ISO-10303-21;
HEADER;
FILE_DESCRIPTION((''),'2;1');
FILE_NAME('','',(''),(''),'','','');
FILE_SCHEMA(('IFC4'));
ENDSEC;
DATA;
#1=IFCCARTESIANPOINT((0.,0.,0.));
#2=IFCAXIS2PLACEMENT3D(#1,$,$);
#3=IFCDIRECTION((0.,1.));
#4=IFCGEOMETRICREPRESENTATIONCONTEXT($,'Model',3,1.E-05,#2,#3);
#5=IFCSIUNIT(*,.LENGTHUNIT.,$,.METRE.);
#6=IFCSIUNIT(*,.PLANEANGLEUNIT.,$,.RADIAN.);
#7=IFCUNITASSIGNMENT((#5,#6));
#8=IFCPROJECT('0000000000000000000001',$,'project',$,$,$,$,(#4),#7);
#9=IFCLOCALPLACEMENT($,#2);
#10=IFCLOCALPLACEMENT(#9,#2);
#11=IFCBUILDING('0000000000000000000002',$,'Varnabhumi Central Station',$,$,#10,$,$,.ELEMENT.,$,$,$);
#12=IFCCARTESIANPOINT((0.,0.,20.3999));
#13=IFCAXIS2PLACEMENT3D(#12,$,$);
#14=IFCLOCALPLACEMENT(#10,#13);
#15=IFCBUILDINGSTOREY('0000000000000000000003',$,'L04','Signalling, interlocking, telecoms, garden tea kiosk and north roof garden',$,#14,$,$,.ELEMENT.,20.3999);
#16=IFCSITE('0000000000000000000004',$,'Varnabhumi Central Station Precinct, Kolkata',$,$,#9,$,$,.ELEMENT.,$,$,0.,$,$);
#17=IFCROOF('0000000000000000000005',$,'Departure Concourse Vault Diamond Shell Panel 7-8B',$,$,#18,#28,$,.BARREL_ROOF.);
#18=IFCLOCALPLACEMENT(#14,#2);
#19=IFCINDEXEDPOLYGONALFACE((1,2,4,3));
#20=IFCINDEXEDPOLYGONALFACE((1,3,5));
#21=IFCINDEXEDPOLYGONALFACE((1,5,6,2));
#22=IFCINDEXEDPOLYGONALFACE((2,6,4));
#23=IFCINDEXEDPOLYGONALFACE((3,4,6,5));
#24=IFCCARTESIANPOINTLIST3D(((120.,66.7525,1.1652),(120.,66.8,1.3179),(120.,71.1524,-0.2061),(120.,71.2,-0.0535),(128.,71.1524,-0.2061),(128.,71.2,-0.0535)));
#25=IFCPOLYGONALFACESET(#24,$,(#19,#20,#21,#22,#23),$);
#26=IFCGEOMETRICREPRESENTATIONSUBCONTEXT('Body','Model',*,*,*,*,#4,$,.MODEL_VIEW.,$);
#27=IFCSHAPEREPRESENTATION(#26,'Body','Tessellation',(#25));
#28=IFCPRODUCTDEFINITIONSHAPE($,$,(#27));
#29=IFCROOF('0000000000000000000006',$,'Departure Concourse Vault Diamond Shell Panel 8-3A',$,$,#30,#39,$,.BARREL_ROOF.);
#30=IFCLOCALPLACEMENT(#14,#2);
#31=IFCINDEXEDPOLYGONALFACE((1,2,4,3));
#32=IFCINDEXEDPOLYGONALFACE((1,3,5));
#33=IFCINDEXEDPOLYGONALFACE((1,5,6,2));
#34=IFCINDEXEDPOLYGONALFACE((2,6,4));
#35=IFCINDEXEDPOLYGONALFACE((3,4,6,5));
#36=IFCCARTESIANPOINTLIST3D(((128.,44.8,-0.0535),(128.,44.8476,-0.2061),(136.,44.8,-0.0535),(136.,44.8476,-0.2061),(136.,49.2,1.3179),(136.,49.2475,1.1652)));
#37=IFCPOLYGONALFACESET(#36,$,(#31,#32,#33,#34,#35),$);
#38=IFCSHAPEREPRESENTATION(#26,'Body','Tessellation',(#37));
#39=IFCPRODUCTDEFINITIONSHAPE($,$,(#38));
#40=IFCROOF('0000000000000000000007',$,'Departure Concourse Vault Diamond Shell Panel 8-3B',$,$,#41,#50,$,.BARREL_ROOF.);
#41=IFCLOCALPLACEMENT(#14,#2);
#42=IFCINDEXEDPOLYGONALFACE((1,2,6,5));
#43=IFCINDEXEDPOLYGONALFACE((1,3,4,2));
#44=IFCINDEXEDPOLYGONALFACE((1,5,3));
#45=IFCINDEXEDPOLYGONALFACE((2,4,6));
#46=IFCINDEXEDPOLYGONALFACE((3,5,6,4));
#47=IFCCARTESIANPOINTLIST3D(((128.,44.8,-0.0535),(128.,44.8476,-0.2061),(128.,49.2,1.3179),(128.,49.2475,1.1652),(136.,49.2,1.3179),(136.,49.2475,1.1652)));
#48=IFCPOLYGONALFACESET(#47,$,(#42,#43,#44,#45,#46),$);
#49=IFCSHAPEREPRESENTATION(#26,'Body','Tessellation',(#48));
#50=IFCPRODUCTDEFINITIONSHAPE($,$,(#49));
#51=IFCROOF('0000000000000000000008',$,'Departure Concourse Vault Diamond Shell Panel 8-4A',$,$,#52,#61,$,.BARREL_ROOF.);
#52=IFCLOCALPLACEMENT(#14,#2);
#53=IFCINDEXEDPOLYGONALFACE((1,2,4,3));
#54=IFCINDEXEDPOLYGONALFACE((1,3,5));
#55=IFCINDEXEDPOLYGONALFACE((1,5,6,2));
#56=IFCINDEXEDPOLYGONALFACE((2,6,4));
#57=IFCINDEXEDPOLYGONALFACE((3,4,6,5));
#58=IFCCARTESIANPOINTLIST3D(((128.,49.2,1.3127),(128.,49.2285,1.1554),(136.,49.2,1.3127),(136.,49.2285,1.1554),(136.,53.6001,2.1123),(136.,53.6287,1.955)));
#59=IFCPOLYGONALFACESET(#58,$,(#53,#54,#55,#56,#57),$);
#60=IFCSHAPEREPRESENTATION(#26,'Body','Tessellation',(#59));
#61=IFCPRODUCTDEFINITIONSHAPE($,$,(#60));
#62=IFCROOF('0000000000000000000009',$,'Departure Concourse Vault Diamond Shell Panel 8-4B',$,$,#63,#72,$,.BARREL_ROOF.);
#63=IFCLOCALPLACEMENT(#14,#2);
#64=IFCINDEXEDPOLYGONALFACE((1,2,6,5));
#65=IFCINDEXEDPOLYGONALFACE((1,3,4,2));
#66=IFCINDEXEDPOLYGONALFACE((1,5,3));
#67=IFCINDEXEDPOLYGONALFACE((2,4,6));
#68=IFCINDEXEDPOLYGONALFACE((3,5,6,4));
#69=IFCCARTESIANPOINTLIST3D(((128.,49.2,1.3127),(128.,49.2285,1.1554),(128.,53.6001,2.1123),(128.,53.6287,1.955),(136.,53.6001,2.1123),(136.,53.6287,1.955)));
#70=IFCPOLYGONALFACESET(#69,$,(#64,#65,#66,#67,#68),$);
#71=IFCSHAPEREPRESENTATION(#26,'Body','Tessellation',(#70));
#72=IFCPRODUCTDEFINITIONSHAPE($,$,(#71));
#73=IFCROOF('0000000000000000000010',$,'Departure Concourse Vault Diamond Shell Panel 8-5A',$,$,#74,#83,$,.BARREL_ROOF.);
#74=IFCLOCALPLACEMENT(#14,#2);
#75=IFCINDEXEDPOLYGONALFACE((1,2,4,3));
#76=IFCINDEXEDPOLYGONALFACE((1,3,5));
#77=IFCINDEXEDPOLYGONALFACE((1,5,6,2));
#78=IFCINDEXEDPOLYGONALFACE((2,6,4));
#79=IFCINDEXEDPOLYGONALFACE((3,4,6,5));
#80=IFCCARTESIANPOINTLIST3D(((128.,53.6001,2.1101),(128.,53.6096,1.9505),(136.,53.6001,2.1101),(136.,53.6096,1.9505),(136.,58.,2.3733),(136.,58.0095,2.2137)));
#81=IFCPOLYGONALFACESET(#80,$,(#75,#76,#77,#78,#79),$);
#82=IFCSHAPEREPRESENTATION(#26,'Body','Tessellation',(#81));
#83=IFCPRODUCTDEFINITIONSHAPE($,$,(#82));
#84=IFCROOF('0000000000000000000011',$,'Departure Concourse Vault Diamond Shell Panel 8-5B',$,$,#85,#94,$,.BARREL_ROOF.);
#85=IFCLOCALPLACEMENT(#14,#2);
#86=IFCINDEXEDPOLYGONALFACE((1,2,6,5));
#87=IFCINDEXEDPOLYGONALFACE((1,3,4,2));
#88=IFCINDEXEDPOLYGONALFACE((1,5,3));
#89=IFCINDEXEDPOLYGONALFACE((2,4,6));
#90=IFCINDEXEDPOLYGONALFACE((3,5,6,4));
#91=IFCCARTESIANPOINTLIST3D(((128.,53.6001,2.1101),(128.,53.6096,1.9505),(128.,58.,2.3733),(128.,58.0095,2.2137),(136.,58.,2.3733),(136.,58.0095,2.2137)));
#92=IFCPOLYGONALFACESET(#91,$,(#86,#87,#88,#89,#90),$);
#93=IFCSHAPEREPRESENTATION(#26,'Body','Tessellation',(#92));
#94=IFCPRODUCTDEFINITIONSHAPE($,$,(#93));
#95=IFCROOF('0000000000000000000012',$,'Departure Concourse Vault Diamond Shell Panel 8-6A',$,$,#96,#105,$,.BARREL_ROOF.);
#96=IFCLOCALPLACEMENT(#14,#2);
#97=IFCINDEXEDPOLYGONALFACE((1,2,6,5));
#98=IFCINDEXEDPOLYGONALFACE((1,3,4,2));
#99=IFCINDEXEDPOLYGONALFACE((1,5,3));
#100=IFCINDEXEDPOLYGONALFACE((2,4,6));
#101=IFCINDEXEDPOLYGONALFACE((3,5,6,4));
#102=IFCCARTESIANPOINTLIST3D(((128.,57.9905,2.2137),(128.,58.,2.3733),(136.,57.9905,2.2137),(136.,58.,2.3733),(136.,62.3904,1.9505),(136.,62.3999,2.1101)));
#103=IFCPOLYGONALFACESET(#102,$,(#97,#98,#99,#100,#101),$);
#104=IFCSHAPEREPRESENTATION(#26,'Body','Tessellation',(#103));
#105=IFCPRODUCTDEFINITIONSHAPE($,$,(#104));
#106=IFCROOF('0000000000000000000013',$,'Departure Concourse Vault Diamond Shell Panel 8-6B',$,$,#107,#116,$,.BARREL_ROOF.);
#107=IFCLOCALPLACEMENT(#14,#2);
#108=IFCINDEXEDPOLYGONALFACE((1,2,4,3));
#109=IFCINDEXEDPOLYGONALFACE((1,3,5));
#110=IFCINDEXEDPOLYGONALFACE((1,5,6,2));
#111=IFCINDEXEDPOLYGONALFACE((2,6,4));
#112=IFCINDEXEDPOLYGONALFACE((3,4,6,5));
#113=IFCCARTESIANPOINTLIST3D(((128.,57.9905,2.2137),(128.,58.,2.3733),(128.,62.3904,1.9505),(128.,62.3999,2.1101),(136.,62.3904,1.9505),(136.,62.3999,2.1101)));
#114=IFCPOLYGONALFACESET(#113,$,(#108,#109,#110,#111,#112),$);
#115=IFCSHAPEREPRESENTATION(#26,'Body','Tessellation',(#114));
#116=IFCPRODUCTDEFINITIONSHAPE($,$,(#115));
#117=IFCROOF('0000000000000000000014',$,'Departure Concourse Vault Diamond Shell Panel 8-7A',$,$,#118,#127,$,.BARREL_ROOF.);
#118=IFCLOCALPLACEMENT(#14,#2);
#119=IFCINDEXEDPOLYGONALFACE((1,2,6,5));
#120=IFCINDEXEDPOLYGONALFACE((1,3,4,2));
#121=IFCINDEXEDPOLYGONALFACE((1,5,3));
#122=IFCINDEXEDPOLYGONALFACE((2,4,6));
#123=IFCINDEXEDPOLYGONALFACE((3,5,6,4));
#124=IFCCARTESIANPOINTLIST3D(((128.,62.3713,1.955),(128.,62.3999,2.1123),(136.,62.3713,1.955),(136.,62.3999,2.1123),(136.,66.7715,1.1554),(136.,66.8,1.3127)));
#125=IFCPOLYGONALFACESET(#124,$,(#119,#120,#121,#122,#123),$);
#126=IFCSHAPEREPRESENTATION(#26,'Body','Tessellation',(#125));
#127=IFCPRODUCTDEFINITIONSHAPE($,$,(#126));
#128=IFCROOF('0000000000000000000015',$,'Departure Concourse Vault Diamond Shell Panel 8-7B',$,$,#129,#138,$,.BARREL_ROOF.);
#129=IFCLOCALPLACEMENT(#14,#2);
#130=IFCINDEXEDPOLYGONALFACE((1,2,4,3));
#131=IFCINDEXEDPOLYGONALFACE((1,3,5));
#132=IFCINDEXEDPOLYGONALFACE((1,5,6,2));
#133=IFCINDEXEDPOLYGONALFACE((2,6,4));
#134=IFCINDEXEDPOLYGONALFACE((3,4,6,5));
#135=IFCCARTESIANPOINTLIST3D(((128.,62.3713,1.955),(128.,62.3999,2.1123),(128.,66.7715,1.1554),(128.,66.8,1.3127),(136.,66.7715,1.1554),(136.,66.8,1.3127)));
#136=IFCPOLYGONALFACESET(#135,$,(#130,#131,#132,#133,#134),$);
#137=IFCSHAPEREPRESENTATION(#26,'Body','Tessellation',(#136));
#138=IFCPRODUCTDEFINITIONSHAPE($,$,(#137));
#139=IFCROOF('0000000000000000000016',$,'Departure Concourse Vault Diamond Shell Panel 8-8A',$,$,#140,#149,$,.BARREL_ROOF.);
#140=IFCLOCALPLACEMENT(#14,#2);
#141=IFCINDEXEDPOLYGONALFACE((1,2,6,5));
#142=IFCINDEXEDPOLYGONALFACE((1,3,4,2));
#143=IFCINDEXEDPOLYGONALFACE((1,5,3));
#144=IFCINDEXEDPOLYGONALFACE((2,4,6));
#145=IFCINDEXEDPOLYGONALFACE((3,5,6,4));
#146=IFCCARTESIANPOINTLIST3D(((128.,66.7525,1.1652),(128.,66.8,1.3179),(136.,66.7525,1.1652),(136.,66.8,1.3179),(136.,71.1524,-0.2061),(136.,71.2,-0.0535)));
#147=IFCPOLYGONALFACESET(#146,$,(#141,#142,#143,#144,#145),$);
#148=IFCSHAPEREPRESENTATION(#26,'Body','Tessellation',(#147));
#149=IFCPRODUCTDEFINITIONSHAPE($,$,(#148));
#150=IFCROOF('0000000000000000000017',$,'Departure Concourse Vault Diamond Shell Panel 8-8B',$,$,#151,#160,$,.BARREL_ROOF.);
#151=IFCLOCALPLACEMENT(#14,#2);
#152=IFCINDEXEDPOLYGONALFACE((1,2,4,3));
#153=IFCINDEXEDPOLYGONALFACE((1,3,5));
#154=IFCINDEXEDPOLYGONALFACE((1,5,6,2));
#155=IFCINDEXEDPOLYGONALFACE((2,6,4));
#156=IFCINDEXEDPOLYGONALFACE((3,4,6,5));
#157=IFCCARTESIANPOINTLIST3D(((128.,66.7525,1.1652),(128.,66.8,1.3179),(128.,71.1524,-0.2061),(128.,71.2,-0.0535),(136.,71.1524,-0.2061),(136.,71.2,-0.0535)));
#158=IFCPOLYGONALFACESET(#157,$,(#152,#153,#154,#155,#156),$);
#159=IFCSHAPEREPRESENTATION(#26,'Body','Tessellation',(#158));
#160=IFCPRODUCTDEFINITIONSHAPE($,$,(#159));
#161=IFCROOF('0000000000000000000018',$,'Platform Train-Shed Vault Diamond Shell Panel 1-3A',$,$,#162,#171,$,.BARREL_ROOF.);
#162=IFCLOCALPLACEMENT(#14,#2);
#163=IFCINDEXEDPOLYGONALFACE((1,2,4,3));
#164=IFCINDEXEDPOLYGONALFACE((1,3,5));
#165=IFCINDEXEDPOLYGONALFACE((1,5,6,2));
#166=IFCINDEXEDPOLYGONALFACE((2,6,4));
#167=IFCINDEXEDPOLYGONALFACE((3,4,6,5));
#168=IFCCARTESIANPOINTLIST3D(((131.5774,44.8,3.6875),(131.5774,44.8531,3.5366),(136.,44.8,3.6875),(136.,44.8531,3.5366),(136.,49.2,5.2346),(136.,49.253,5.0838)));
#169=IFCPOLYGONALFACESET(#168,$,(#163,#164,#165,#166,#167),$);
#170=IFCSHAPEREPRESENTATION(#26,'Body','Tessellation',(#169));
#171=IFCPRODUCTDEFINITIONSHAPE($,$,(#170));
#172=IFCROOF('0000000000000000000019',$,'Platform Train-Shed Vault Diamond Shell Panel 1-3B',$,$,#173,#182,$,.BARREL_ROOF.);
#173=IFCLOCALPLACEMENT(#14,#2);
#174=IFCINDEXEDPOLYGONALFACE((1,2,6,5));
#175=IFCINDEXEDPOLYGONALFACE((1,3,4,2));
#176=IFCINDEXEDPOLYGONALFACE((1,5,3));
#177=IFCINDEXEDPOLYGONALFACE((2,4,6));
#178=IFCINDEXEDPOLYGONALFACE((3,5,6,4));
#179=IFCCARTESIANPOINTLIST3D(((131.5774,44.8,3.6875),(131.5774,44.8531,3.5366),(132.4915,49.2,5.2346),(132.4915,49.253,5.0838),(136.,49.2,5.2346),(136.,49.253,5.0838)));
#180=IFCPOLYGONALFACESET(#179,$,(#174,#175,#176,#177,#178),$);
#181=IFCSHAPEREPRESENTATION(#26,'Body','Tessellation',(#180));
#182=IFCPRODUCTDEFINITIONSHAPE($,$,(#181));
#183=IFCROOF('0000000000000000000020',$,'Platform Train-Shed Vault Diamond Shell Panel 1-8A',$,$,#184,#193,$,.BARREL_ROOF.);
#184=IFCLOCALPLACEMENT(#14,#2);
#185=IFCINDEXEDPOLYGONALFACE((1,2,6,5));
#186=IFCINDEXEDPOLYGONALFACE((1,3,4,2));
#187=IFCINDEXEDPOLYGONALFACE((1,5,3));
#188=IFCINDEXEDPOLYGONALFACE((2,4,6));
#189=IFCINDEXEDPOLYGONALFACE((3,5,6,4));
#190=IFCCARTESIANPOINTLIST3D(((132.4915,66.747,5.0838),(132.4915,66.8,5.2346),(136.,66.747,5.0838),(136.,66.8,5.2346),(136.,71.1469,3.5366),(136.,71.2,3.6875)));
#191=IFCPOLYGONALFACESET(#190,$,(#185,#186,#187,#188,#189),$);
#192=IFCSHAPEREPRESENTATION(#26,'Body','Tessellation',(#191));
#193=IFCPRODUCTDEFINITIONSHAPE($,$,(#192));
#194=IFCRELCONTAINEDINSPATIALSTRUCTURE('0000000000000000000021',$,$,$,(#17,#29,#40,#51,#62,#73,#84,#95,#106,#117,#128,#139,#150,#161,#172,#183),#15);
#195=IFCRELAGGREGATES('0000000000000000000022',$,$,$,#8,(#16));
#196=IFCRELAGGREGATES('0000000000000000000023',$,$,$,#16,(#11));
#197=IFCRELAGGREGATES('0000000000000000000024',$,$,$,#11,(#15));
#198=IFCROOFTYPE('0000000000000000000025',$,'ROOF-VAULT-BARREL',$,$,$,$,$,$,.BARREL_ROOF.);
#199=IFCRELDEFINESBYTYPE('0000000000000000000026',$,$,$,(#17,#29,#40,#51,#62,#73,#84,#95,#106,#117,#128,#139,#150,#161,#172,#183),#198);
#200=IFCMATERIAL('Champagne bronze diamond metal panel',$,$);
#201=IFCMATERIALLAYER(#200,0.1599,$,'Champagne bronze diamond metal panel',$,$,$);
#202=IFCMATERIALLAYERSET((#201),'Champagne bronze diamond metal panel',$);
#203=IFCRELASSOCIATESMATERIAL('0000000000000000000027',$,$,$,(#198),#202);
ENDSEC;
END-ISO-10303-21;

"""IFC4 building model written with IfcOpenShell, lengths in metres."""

from ifc_helpers import new_model, si_unit, direction, frame, origin, place, context, subcontext, project, spatial, polyline, outline, extrude, material, layer, layer_set, type_object, element, save


model = new_model("IFC4")

# Units and contexts
model_context = context("Model", 3, precision=1e-05, world=origin(), true_north=direction((0.0, 1.0)))
body_context = subcontext(model_context, "Body", "Model", "MODEL_VIEW")
ifc_project = project(units=[si_unit("LENGTHUNIT", "METRE"), si_unit("PLANEANGLEUNIT", "RADIAN")], contexts=[model_context])

# Site, building, storey
site_placement = place(None, origin())
site = spatial("IfcSite", under=ifc_project, at=site_placement, Name="Varnabhumi Central Station Precinct, Kolkata", CompositionType="ELEMENT", RefElevation=0.0)
building_placement = place(site_placement, origin())
building = spatial("IfcBuilding", under=site, at=building_placement, Name="Varnabhumi Central Station", CompositionType="ELEMENT")
storey_placement = place(building_placement, frame((0.0, 0.0, 20.3999)))
storey = spatial("IfcBuildingStorey", under=building, at=storey_placement, Name="L04", Description="Signalling, interlocking, telecoms, garden tea kiosk and north roof garden", CompositionType="ELEMENT", Elevation=20.3999)

# Roofs
ifc_material = material(Name="Champagne bronze diamond metal panel")
ifc_layer = layer(ifc_material, 0.1599, Name="Champagne bronze diamond metal panel")
ifc_layer_set = layer_set([ifc_layer], Name="Champagne bronze diamond metal panel")
roof_type = type_object("IfcRoofType", Name="ROOF-VAULT-BARREL", PredefinedType="BARREL_ROOF", material=ifc_layer_set)
roof_1_placement = place(storey_placement, frame((120.0, 66.8, 1.3179), z_axis=(0.0, 0.297557, 0.954704), x_axis=(0.866501, 0.476565, -0.148533)))
element("IfcRoof", 1, at=roof_1_placement, inside=storey, type_object=roof_type, Name="Departure Concourse Vault Diamond Shell Panel 7-8B", PredefinedType="BARREL_ROOF", context=body_context, shape_type="SweptSolid", body=[
    extrude(outline(polyline([(0.0, 0.0), (9.2325, 0.0), (2.3005, 3.9934), (0.0, 0.0)])), origin(), (0.0, 0.0, -1.0), 0.1599),
])
roof_2_placement = place(storey_placement, frame((128.0, 44.8, -0.0535), z_axis=(0.0, -0.297557, 0.954704), x_axis=(1.0, 0.0, 0.0)))
element("IfcRoof", 2, at=roof_2_placement, inside=storey, type_object=roof_type, Name="Departure Concourse Vault Diamond Shell Panel 8-3A", PredefinedType="BARREL_ROOF", context=body_context, shape_type="SweptSolid", body=[
    extrude(outline(polyline([(0.0, 0.0), (8.0, 0.0), (8.0, 4.6087), (0.0, 0.0)])), origin(), (0.0, 0.0, -1.0), 0.1599),
])
roof_3_placement = place(storey_placement, frame((128.0, 44.8, -0.0535), z_axis=(0.0, -0.297557, 0.954704), x_axis=(0.866501, 0.476565, 0.148533)))
element("IfcRoof", 3, at=roof_3_placement, inside=storey, type_object=roof_type, Name="Departure Concourse Vault Diamond Shell Panel 8-3B", PredefinedType="BARREL_ROOF", context=body_context, shape_type="SweptSolid", body=[
    extrude(outline(polyline([(0.0, 0.0), (9.2325, 0.0), (2.3005, 3.9934), (0.0, 0.0)])), origin(), (0.0, 0.0, -1.0), 0.1599),
])
roof_4_placement = place(storey_placement, frame((128.0, 49.2, 1.3127), z_axis=(0.0, -0.178785, 0.983888), x_axis=(1.0, 0.0, 0.0)))
element("IfcRoof", 4, at=roof_4_placement, inside=storey, type_object=roof_type, Name="Departure Concourse Vault Diamond Shell Panel 8-4A", PredefinedType="BARREL_ROOF", context=body_context, shape_type="SweptSolid", body=[
    extrude(outline(polyline([(0.0, 0.0), (8.0, 0.0), (8.0, 4.4722), (0.0, 0.0)])), origin(), (0.0, 0.0, -1.0), 0.1599),
])
roof_5_placement = place(storey_placement, frame((128.0, 49.2, 1.3127), z_axis=(0.0, -0.178785, 0.983888), x_axis=(0.872869, 0.480094, 0.087239)))
element("IfcRoof", 5, at=roof_5_placement, inside=storey, type_object=roof_type, Name="Departure Concourse Vault Diamond Shell Panel 8-4B", PredefinedType="BARREL_ROOF", context=body_context, shape_type="SweptSolid", body=[
    extrude(outline(polyline([(0.0, 0.0), (9.1652, 0.0), (2.1822, 3.9036), (0.0, 0.0)])), origin(), (0.0, 0.0, -1.0), 0.1599),
])
roof_6_placement = place(storey_placement, frame((128.0, 53.6001, 2.1101), z_axis=(0.0, -0.059709, 0.998216), x_axis=(1.0, 0.0, 0.0)))
element("IfcRoof", 6, at=roof_6_placement, inside=storey, type_object=roof_type, Name="Departure Concourse Vault Diamond Shell Panel 8-5A", PredefinedType="BARREL_ROOF", context=body_context, shape_type="SweptSolid", body=[
    extrude(outline(polyline([(0.0, 0.0), (8.0, 0.0), (8.0, 4.4078), (0.0, 0.0)])), origin(), (0.0, 0.0, -1.0), 0.1599),
])
roof_7_placement = place(storey_placement, frame((128.0, 53.6001, 2.1101), z_axis=(0.0, -0.059709, 0.998216), x_axis=(0.875857, 0.48171, 0.028814)))
element("IfcRoof", 7, at=roof_7_placement, inside=storey, type_object=roof_type, Name="Departure Concourse Vault Diamond Shell Panel 8-5B", PredefinedType="BARREL_ROOF", context=body_context, shape_type="SweptSolid", body=[
    extrude(outline(polyline([(0.0, 0.0), (9.1339, 0.0), (2.1271, 3.8606), (0.0, 0.0)])), origin(), (0.0, 0.0, -1.0), 0.1599),
])
roof_8_placement = place(storey_placement, frame((128.0, 58.0, 2.3733), z_axis=(0.0, 0.059709, 0.998216), x_axis=(1.0, 0.0, 0.0)))
element("IfcRoof", 8, at=roof_8_placement, inside=storey, type_object=roof_type, Name="Departure Concourse Vault Diamond Shell Panel 8-6A", PredefinedType="BARREL_ROOF", context=body_context, shape_type="SweptSolid", body=[
    extrude(outline(polyline([(0.0, 0.0), (8.0, 0.0), (8.0, 4.4078), (0.0, 0.0)])), origin(), (0.0, 0.0, -1.0), 0.1599),
])
roof_9_placement = place(storey_placement, frame((128.0, 58.0, 2.3733), z_axis=(0.0, 0.059709, 0.998216), x_axis=(0.875857, 0.48171, -0.028814)))
element("IfcRoof", 9, at=roof_9_placement, inside=storey, type_object=roof_type, Name="Departure Concourse Vault Diamond Shell Panel 8-6B", PredefinedType="BARREL_ROOF", context=body_context, shape_type="SweptSolid", body=[
    extrude(outline(polyline([(0.0, 0.0), (9.1339, 0.0), (2.1271, 3.8606), (0.0, 0.0)])), origin(), (0.0, 0.0, -1.0), 0.1599),
])
roof_10_placement = place(storey_placement, frame((128.0, 62.3999, 2.1123), z_axis=(0.0, 0.178785, 0.983888), x_axis=(1.0, 0.0, 0.0)))
element("IfcRoof", 10, at=roof_10_placement, inside=storey, type_object=roof_type, Name="Departure Concourse Vault Diamond Shell Panel 8-7A", PredefinedType="BARREL_ROOF", context=body_context, shape_type="SweptSolid", body=[
    extrude(outline(polyline([(0.0, 0.0), (8.0, 0.0), (8.0, 4.4722), (0.0, 0.0)])), origin(), (0.0, 0.0, -1.0), 0.1599),
])
roof_11_placement = place(storey_placement, frame((128.0, 62.3999, 2.1123), z_axis=(0.0, 0.178785, 0.983888), x_axis=(0.872869, 0.480094, -0.087239)))
element("IfcRoof", 11, at=roof_11_placement, inside=storey, type_object=roof_type, Name="Departure Concourse Vault Diamond Shell Panel 8-7B", PredefinedType="BARREL_ROOF", context=body_context, shape_type="SweptSolid", body=[
    extrude(outline(polyline([(0.0, 0.0), (9.1652, 0.0), (2.1822, 3.9036), (0.0, 0.0)])), origin(), (0.0, 0.0, -1.0), 0.1599),
])
roof_12_placement = place(storey_placement, frame((128.0, 66.8, 1.3179), z_axis=(0.0, 0.297557, 0.954704), x_axis=(1.0, 0.0, 0.0)))
element("IfcRoof", 12, at=roof_12_placement, inside=storey, type_object=roof_type, Name="Departure Concourse Vault Diamond Shell Panel 8-8A", PredefinedType="BARREL_ROOF", context=body_context, shape_type="SweptSolid", body=[
    extrude(outline(polyline([(0.0, 0.0), (8.0, 0.0), (8.0, 4.6087), (0.0, 0.0)])), origin(), (0.0, 0.0, -1.0), 0.1599),
])
roof_13_placement = place(storey_placement, frame((128.0, 66.8, 1.3179), z_axis=(0.0, 0.297557, 0.954704), x_axis=(0.866501, 0.476565, -0.148533)))
element("IfcRoof", 13, at=roof_13_placement, inside=storey, type_object=roof_type, Name="Departure Concourse Vault Diamond Shell Panel 8-8B", PredefinedType="BARREL_ROOF", context=body_context, shape_type="SweptSolid", body=[
    extrude(outline(polyline([(0.0, 0.0), (9.2325, 0.0), (2.3005, 3.9934), (0.0, 0.0)])), origin(), (0.0, 0.0, -1.0), 0.1599),
])
roof_14_placement = place(storey_placement, frame((131.5774, 44.8, 3.6875), z_axis=(0.0, -0.331716, 0.943379), x_axis=(1.0, 0.0, 0.0)))
element("IfcRoof", 14, at=roof_14_placement, inside=storey, type_object=roof_type, Name="Platform Train-Shed Vault Diamond Shell Panel 1-3A", PredefinedType="BARREL_ROOF", context=body_context, shape_type="SweptSolid", body=[
    extrude(outline(polyline([(0.0, 0.0), (4.4226, 0.0), (4.4226, 4.664), (0.0, 0.0)])), origin(), (0.0, 0.0, -1.0), 0.1599),
])
roof_15_placement = place(storey_placement, frame((131.5774, 44.8, 3.6875), z_axis=(0.0, -0.331716, 0.943379), x_axis=(0.688081, 0.684548, 0.240705)))
element("IfcRoof", 15, at=roof_15_placement, inside=storey, type_object=roof_type, Name="Platform Train-Shed Vault Diamond Shell Panel 1-3B", PredefinedType="BARREL_ROOF", context=body_context, shape_type="SweptSolid", body=[
    extrude(outline(polyline([(0.0, 0.0), (6.4275, 0.0), (4.0133, 2.5459), (0.0, 0.0)])), origin(), (0.0, 0.0, -1.0), 0.1599),
])
roof_16_placement = place(storey_placement, frame((132.4915, 66.8, 5.2346), z_axis=(0.0, 0.331716, 0.943379), x_axis=(1.0, 0.0, 0.0)))
element("IfcRoof", 16, at=roof_16_placement, inside=storey, type_object=roof_type, Name="Platform Train-Shed Vault Diamond Shell Panel 1-8A", PredefinedType="BARREL_ROOF", context=body_context, shape_type="SweptSolid", body=[
    extrude(outline(polyline([(0.0, 0.0), (3.5085, 0.0), (3.5085, 4.664), (0.0, 0.0)])), origin(), (0.0, 0.0, -1.0), 0.1599),
])

save(model, "model.ifc")
